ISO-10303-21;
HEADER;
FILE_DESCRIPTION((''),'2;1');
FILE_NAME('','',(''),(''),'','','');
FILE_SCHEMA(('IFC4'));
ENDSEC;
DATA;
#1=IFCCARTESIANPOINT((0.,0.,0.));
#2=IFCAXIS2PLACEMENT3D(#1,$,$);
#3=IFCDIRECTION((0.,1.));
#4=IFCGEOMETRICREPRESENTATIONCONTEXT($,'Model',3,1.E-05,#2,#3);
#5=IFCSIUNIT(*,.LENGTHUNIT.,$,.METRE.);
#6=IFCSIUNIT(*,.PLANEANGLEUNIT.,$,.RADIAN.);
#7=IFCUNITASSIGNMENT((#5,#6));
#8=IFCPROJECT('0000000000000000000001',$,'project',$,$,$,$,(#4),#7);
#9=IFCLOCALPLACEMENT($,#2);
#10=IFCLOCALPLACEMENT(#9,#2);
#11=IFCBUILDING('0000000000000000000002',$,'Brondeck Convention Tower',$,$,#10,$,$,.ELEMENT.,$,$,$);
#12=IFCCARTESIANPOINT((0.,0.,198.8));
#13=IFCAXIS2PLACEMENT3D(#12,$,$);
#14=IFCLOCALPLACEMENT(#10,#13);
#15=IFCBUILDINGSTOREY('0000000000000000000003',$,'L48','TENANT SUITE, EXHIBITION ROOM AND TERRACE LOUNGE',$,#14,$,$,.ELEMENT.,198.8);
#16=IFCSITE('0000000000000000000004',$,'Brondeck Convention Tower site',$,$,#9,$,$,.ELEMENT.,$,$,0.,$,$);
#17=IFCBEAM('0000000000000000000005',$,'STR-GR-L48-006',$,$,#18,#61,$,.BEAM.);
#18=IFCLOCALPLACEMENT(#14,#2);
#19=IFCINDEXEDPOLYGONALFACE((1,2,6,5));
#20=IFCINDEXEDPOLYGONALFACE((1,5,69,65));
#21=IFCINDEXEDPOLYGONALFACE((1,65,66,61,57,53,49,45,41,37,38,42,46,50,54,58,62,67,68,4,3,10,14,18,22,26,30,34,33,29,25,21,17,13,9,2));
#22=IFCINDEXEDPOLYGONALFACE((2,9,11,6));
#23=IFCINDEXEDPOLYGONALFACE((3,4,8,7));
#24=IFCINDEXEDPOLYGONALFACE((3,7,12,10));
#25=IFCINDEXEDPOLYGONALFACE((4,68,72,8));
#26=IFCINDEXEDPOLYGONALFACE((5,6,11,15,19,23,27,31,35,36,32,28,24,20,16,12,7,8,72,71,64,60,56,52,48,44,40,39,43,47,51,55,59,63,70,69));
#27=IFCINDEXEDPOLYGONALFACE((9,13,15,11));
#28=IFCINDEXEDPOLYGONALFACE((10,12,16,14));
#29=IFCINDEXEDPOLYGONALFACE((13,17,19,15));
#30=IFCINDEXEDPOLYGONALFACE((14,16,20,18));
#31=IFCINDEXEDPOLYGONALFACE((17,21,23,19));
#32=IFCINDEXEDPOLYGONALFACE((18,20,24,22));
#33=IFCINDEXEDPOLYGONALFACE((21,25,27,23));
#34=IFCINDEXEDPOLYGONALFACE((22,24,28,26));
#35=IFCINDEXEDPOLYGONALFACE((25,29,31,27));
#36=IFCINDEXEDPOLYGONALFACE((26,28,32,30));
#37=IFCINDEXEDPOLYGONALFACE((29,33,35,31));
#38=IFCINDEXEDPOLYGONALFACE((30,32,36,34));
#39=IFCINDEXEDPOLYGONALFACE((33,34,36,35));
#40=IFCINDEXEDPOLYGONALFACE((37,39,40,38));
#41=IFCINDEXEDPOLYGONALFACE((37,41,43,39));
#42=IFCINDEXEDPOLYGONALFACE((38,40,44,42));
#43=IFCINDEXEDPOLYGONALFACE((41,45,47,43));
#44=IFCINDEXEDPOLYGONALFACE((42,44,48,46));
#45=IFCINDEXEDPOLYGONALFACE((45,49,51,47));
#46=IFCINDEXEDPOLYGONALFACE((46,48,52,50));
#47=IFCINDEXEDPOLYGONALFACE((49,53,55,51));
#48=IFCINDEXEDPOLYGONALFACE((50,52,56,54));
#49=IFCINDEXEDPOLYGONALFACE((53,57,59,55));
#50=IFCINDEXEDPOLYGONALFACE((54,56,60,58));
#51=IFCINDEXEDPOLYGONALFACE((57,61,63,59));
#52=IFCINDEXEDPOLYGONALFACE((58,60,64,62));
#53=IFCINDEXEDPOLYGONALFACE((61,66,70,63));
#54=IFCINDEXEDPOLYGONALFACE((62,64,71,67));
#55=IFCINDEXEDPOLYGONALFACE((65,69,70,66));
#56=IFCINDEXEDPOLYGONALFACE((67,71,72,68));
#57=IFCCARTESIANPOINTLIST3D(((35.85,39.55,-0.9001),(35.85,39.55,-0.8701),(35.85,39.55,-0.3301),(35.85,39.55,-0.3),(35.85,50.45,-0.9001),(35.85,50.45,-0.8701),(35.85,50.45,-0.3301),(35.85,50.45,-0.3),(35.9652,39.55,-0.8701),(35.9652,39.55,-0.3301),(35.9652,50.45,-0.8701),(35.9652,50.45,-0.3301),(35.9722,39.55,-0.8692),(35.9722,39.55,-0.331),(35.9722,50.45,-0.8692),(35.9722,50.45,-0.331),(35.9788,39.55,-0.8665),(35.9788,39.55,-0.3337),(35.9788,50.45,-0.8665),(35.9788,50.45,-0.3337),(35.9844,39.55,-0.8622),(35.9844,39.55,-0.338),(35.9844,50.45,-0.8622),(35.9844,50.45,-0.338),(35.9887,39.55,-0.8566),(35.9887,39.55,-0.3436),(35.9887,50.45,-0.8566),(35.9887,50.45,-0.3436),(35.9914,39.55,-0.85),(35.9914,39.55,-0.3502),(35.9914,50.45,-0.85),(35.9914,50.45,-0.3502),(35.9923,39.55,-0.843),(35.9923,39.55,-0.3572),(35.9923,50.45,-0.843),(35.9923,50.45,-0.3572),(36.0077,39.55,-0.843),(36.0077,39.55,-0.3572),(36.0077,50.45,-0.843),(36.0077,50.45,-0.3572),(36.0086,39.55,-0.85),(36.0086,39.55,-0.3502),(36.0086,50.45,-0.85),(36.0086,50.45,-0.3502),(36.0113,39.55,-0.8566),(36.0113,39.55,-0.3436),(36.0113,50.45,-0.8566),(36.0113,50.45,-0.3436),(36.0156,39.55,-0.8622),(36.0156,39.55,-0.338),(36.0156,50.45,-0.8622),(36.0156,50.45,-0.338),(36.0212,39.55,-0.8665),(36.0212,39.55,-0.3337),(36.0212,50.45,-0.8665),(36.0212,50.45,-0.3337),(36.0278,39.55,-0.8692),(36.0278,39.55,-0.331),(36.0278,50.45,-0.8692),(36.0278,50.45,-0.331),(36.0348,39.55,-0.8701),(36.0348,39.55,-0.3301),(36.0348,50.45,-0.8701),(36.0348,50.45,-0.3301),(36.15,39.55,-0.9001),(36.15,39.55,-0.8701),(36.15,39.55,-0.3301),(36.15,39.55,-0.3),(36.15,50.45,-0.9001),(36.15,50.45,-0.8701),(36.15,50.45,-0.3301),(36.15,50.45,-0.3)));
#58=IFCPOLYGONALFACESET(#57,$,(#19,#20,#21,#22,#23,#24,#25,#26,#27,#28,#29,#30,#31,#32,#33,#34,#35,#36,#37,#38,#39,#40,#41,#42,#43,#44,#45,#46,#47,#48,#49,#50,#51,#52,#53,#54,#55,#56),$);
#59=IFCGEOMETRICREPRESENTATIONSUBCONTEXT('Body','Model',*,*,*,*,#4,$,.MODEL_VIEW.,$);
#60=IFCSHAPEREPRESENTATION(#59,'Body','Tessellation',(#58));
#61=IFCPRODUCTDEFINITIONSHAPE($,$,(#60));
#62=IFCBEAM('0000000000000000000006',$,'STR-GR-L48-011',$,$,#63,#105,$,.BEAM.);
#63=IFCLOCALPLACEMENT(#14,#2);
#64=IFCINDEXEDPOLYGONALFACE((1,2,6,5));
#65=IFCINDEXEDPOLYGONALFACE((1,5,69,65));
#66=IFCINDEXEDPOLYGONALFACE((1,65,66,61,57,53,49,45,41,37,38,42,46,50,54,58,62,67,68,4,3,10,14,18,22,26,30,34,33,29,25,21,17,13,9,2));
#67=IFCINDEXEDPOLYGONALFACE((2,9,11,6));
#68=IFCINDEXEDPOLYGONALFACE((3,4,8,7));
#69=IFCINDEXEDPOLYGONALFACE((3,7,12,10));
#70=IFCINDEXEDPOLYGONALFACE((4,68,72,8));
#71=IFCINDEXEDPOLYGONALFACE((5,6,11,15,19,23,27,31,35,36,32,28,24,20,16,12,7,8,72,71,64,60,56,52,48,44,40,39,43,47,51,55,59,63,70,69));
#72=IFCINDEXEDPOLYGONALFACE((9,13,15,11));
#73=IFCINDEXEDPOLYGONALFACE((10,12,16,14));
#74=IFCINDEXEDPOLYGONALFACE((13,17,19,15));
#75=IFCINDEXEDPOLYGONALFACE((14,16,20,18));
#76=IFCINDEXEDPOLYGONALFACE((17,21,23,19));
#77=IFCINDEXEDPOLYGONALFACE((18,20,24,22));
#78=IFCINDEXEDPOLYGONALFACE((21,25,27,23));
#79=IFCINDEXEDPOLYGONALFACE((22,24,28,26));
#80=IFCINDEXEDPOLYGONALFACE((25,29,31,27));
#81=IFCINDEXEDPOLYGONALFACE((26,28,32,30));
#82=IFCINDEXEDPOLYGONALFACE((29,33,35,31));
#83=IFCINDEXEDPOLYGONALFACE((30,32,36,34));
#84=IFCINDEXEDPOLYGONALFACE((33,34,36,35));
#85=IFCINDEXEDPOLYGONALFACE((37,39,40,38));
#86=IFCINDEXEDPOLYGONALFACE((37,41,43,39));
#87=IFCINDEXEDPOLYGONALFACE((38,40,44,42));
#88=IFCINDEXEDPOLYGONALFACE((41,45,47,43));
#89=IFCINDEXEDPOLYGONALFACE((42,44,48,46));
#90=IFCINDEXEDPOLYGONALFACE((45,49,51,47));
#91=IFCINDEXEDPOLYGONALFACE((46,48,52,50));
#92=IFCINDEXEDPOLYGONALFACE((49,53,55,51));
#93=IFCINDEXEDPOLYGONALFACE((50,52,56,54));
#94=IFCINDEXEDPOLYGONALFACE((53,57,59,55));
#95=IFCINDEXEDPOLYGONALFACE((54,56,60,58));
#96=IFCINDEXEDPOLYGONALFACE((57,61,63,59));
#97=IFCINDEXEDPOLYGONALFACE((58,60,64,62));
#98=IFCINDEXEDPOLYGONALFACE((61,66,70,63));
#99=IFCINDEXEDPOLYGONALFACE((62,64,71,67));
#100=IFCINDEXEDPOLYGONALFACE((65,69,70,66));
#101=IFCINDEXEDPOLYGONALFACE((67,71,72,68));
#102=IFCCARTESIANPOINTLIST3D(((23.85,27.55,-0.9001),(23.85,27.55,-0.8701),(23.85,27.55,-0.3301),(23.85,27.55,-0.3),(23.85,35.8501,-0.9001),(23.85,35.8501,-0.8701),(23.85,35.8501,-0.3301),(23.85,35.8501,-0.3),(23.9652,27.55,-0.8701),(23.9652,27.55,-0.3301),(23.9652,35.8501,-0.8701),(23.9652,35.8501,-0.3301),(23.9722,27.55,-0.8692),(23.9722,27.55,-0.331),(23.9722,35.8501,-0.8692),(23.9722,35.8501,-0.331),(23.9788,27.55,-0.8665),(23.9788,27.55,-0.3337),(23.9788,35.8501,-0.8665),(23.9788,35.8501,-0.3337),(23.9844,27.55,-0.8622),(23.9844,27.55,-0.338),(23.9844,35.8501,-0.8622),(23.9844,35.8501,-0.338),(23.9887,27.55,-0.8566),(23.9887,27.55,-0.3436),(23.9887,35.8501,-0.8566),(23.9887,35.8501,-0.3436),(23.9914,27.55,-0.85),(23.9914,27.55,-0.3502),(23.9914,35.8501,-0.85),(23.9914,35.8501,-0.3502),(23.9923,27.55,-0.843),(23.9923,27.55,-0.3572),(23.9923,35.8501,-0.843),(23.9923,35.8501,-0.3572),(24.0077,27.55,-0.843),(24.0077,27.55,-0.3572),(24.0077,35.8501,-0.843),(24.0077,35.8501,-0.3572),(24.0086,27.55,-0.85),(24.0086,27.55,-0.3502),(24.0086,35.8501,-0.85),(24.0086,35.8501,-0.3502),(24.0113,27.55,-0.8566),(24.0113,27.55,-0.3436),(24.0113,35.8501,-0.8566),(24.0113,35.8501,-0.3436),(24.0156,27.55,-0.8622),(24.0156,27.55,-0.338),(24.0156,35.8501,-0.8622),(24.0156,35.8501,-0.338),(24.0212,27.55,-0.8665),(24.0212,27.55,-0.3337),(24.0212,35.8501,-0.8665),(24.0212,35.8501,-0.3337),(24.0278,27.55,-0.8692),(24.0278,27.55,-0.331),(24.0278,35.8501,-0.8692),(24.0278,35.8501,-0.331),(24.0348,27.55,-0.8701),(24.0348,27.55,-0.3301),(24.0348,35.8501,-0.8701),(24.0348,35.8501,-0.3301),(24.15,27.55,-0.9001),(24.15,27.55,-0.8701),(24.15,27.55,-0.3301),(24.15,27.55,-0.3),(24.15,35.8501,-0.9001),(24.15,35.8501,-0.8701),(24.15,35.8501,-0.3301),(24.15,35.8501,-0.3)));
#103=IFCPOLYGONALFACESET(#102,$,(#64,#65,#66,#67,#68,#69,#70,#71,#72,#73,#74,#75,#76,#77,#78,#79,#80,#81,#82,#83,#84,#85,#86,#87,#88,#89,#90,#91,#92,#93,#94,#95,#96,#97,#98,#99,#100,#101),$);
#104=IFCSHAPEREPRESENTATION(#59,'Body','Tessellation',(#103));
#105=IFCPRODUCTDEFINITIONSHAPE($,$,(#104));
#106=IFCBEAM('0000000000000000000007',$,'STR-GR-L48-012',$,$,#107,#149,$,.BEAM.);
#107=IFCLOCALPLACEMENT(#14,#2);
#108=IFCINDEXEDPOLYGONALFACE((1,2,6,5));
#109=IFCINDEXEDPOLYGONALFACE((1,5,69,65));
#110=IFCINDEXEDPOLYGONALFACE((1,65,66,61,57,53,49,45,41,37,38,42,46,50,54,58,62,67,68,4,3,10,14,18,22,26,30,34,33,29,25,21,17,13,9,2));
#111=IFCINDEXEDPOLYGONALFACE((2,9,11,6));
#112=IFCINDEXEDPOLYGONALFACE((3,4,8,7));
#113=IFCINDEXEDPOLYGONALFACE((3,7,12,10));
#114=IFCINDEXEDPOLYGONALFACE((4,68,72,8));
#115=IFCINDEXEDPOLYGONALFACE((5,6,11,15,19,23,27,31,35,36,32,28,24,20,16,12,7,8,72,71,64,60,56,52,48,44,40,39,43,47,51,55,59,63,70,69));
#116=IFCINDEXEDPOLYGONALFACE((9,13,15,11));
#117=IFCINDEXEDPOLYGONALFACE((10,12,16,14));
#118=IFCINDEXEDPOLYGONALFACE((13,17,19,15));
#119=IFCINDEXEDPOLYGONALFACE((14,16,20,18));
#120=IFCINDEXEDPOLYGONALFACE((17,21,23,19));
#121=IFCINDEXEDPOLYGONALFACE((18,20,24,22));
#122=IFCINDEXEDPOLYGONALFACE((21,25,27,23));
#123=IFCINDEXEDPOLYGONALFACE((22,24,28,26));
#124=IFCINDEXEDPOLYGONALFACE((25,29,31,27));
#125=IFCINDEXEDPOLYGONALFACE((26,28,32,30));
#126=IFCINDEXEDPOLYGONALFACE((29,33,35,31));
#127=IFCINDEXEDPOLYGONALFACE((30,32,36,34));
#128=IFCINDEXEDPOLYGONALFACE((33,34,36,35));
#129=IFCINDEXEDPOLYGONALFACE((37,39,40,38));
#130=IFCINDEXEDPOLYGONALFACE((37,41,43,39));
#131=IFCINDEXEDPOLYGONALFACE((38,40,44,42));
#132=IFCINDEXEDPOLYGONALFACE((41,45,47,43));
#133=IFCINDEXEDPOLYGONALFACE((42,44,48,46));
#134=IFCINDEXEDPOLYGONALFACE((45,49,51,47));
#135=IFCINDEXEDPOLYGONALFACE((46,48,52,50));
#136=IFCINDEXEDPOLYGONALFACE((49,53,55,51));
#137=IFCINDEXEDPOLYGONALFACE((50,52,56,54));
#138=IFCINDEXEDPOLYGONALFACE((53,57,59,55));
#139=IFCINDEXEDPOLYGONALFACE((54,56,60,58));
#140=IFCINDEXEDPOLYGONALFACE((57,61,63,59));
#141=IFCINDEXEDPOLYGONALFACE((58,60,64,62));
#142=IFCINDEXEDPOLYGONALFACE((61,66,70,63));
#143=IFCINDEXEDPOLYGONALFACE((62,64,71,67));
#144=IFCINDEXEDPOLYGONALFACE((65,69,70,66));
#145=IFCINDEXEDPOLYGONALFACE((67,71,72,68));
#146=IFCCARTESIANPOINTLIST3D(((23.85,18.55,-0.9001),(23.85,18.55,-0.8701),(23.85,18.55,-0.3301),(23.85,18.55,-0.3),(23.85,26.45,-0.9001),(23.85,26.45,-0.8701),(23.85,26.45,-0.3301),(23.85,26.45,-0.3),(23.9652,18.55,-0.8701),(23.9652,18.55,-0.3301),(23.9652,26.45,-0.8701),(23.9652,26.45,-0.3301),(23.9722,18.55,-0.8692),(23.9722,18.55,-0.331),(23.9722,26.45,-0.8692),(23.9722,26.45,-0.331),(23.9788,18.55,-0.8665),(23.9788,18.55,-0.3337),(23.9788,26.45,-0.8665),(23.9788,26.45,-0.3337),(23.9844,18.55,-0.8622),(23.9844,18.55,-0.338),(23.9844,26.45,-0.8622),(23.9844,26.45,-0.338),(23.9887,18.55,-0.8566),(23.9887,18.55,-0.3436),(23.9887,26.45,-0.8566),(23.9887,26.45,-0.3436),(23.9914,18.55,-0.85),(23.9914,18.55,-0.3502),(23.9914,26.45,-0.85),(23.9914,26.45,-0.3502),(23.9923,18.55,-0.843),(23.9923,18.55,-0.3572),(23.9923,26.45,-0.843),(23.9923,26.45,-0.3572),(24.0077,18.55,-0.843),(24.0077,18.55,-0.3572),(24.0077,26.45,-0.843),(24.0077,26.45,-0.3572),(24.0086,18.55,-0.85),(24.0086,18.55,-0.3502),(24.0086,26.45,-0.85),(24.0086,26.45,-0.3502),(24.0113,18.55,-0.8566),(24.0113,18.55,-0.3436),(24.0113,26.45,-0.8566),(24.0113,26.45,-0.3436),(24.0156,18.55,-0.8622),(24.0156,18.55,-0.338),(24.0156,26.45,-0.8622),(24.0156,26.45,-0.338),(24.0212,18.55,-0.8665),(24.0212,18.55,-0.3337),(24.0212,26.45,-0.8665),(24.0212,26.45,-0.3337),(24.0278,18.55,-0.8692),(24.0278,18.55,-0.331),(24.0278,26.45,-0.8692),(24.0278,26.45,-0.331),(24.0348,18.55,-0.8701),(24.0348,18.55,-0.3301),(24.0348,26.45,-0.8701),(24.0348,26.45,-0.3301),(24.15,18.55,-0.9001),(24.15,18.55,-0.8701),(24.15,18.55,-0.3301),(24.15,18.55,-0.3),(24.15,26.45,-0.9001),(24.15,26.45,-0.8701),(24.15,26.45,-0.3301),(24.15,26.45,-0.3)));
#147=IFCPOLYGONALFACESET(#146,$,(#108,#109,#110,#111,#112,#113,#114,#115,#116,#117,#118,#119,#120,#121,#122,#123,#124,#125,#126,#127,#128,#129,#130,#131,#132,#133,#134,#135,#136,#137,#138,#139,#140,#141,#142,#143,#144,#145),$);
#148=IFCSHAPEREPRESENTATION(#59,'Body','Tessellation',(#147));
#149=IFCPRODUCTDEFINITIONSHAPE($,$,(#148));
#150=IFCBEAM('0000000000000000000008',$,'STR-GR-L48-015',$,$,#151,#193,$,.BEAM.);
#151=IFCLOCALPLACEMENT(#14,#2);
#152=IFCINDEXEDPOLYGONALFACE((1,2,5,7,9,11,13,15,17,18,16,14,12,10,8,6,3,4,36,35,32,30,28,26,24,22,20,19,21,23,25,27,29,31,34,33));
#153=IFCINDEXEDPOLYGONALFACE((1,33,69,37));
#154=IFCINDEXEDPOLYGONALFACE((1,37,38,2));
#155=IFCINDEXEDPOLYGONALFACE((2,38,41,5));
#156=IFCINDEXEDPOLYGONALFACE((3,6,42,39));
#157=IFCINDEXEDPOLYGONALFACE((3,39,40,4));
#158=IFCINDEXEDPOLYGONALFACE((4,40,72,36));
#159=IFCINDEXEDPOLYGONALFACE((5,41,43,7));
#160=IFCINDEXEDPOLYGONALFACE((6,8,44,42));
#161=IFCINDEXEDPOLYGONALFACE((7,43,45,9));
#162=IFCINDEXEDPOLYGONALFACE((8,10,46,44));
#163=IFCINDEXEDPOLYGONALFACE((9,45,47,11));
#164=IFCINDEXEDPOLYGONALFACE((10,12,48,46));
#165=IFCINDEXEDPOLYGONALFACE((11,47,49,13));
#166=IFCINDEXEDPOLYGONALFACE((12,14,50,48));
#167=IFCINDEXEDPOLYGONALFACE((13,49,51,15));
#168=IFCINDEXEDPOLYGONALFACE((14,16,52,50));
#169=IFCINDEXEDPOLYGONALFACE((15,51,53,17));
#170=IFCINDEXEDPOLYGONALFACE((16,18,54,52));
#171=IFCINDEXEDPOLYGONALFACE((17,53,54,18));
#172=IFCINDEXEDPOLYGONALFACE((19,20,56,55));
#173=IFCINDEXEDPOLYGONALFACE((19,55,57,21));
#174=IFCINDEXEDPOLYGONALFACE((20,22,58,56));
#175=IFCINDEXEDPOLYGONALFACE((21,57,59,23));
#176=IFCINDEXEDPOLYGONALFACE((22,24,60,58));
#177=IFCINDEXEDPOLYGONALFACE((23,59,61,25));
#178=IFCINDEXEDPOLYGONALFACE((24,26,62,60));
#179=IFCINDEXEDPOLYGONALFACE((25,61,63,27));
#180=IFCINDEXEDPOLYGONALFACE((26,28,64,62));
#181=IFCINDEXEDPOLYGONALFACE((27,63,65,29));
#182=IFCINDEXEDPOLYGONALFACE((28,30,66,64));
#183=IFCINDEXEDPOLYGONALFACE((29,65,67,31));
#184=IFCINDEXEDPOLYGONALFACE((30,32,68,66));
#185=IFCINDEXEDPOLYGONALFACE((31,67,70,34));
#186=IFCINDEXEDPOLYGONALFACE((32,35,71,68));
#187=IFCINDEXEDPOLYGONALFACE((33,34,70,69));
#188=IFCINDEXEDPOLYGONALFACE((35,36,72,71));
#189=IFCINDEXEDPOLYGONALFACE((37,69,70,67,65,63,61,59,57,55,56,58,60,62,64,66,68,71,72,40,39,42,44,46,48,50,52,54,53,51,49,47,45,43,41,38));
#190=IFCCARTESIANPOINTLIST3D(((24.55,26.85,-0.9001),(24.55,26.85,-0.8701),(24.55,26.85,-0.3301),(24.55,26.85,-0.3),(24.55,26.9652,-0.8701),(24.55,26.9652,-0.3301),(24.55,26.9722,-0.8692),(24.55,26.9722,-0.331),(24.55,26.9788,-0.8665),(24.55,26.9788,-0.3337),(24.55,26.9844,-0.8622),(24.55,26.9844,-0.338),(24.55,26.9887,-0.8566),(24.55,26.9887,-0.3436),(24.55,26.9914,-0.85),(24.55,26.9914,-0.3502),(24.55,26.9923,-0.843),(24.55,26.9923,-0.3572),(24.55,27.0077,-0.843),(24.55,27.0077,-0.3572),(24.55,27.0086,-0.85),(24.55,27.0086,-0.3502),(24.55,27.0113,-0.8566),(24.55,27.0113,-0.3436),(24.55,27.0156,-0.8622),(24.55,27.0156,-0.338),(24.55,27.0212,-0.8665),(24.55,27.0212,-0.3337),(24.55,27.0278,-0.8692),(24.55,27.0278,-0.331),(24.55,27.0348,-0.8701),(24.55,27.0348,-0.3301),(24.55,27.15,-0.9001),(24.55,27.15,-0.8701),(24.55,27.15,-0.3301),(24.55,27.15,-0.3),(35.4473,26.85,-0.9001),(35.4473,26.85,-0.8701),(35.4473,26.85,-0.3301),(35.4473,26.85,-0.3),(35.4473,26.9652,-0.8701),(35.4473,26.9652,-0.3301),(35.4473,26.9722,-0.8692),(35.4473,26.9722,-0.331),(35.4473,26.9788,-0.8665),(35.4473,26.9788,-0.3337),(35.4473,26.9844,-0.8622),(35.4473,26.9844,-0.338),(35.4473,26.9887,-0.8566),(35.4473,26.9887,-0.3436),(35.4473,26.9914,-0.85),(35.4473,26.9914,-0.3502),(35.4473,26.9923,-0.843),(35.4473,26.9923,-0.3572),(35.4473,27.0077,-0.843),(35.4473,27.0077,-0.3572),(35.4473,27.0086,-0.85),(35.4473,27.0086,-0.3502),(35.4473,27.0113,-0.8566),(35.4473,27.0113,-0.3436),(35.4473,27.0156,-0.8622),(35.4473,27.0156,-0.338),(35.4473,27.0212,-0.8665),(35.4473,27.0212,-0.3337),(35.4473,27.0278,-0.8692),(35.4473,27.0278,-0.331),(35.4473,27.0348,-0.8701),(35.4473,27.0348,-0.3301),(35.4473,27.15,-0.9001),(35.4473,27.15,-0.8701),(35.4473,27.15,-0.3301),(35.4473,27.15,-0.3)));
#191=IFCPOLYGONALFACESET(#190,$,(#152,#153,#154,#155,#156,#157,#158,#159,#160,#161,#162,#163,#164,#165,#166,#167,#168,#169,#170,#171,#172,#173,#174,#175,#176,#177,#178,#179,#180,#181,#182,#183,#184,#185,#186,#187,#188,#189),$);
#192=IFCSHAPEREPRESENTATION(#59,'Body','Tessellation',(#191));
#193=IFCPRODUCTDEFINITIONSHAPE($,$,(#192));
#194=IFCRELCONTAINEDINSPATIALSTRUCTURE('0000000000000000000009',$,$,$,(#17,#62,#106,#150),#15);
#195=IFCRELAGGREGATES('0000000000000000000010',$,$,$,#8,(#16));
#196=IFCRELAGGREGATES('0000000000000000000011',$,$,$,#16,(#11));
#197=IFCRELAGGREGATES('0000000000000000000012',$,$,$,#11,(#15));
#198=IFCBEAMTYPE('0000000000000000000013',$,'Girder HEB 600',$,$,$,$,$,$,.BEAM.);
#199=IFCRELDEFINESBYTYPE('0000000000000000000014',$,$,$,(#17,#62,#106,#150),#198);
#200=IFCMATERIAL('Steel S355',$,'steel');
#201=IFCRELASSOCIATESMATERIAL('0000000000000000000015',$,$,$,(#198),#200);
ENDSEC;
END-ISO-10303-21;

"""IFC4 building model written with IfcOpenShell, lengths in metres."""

from ifc_helpers import new_model, si_unit, direction, frame, origin, origin_2d, place, context, subcontext, project, spatial, i_section, extrude, material, material_profile, profile_set, type_object, element, save


model = new_model("IFC4")

# Units and contexts
model_context = context("Model", 3, precision=1e-05, world=origin(), true_north=direction((0.0, 1.0)))
body_context = subcontext(model_context, "Body", "Model", "MODEL_VIEW")
ifc_project = project(units=[si_unit("LENGTHUNIT", "METRE"), si_unit("PLANEANGLEUNIT", "RADIAN")], contexts=[model_context])

# Site, building, storey
site_placement = place(None, origin())
site = spatial("IfcSite", under=ifc_project, at=site_placement, Name="Brondeck Convention Tower site", CompositionType="ELEMENT", RefElevation=0.0)
building_placement = place(site_placement, origin())
building = spatial("IfcBuilding", under=site, at=building_placement, Name="Brondeck Convention Tower", CompositionType="ELEMENT")
storey_placement = place(building_placement, frame((0.0, 0.0, 198.8)))
storey = spatial("IfcBuildingStorey", under=building, at=storey_placement, Name="L48", Description="TENANT SUITE, EXHIBITION ROOM AND TERRACE LOUNGE", CompositionType="ELEMENT", Elevation=198.8)

# Beams
ifc_material_1 = material(Name="Steel S355", Category="steel")
ifc_material_profile_1 = material_profile(ifc_material_1, i_section(OverallWidth=0.3, OverallDepth=0.6001, WebThickness=0.0154, FlangeThickness=0.03, FilletRadius=0.0271, at=origin_2d()), Name="HEB 600")
ifc_profile_set_1 = profile_set([ifc_material_profile_1], Name="Steel S355")
beam_type_1 = type_object("IfcBeamType", Name="Girder HEB 600", PredefinedType="BEAM", material=ifc_profile_set_1)
beam_1_placement = place(storey_placement, frame((36.0, 39.55, -0.6001), z_axis=(0.0, 1.0, 0.0), x_axis=(-1.0, 0.0, 0.0)))
element("IfcBeam", 1, at=beam_1_placement, inside=storey, type_object=beam_type_1, Name="STR-GR-L48-006", PredefinedType="BEAM", context=body_context, shape_type="SweptSolid", body=[
    extrude(i_section(OverallWidth=0.3, OverallDepth=0.6001, WebThickness=0.0154, FlangeThickness=0.03, FilletRadius=0.0271, at=origin_2d()), origin(), (0.0, 0.0, 1.0), 10.8999),
])
beam_2_placement = place(storey_placement, frame((24.0, 35.8501, -0.6001), z_axis=(0.0, -1.0, 0.0), x_axis=(1.0, 0.0, 0.0)))
element("IfcBeam", 2, at=beam_2_placement, inside=storey, type_object=beam_type_1, Name="STR-GR-L48-011", PredefinedType="BEAM", context=body_context, shape_type="SweptSolid", body=[
    extrude(i_section(OverallWidth=0.3, OverallDepth=0.6001, WebThickness=0.0154, FlangeThickness=0.03, FilletRadius=0.0271, at=origin_2d()), origin(), (0.0, 0.0, 1.0), 8.3),
])
beam_3_placement = place(storey_placement, frame((24.0, 26.45, -0.6001), z_axis=(0.0, -1.0, 0.0), x_axis=(1.0, 0.0, 0.0)))
element("IfcBeam", 3, at=beam_3_placement, inside=storey, type_object=beam_type_1, Name="STR-GR-L48-012", PredefinedType="BEAM", context=body_context, shape_type="SweptSolid", body=[
    extrude(i_section(OverallWidth=0.3, OverallDepth=0.6001, WebThickness=0.0154, FlangeThickness=0.03, FilletRadius=0.0271, at=origin_2d()), origin(), (0.0, 0.0, 1.0), 7.8999),
])
beam_4_placement = place(storey_placement, frame((24.55, 27.0, -0.6001), z_axis=(1.0, 0.0, 0.0), x_axis=(0.0, 1.0, 0.0)))
element("IfcBeam", 4, at=beam_4_placement, inside=storey, type_object=beam_type_1, Name="STR-GR-L48-015", PredefinedType="BEAM", context=body_context, shape_type="SweptSolid", body=[
    extrude(i_section(OverallWidth=0.3, OverallDepth=0.6001, WebThickness=0.0154, FlangeThickness=0.03, FilletRadius=0.0271, at=origin_2d()), origin(), (0.0, 0.0, 1.0), 10.8972),
])

save(model, "model.ifc")
